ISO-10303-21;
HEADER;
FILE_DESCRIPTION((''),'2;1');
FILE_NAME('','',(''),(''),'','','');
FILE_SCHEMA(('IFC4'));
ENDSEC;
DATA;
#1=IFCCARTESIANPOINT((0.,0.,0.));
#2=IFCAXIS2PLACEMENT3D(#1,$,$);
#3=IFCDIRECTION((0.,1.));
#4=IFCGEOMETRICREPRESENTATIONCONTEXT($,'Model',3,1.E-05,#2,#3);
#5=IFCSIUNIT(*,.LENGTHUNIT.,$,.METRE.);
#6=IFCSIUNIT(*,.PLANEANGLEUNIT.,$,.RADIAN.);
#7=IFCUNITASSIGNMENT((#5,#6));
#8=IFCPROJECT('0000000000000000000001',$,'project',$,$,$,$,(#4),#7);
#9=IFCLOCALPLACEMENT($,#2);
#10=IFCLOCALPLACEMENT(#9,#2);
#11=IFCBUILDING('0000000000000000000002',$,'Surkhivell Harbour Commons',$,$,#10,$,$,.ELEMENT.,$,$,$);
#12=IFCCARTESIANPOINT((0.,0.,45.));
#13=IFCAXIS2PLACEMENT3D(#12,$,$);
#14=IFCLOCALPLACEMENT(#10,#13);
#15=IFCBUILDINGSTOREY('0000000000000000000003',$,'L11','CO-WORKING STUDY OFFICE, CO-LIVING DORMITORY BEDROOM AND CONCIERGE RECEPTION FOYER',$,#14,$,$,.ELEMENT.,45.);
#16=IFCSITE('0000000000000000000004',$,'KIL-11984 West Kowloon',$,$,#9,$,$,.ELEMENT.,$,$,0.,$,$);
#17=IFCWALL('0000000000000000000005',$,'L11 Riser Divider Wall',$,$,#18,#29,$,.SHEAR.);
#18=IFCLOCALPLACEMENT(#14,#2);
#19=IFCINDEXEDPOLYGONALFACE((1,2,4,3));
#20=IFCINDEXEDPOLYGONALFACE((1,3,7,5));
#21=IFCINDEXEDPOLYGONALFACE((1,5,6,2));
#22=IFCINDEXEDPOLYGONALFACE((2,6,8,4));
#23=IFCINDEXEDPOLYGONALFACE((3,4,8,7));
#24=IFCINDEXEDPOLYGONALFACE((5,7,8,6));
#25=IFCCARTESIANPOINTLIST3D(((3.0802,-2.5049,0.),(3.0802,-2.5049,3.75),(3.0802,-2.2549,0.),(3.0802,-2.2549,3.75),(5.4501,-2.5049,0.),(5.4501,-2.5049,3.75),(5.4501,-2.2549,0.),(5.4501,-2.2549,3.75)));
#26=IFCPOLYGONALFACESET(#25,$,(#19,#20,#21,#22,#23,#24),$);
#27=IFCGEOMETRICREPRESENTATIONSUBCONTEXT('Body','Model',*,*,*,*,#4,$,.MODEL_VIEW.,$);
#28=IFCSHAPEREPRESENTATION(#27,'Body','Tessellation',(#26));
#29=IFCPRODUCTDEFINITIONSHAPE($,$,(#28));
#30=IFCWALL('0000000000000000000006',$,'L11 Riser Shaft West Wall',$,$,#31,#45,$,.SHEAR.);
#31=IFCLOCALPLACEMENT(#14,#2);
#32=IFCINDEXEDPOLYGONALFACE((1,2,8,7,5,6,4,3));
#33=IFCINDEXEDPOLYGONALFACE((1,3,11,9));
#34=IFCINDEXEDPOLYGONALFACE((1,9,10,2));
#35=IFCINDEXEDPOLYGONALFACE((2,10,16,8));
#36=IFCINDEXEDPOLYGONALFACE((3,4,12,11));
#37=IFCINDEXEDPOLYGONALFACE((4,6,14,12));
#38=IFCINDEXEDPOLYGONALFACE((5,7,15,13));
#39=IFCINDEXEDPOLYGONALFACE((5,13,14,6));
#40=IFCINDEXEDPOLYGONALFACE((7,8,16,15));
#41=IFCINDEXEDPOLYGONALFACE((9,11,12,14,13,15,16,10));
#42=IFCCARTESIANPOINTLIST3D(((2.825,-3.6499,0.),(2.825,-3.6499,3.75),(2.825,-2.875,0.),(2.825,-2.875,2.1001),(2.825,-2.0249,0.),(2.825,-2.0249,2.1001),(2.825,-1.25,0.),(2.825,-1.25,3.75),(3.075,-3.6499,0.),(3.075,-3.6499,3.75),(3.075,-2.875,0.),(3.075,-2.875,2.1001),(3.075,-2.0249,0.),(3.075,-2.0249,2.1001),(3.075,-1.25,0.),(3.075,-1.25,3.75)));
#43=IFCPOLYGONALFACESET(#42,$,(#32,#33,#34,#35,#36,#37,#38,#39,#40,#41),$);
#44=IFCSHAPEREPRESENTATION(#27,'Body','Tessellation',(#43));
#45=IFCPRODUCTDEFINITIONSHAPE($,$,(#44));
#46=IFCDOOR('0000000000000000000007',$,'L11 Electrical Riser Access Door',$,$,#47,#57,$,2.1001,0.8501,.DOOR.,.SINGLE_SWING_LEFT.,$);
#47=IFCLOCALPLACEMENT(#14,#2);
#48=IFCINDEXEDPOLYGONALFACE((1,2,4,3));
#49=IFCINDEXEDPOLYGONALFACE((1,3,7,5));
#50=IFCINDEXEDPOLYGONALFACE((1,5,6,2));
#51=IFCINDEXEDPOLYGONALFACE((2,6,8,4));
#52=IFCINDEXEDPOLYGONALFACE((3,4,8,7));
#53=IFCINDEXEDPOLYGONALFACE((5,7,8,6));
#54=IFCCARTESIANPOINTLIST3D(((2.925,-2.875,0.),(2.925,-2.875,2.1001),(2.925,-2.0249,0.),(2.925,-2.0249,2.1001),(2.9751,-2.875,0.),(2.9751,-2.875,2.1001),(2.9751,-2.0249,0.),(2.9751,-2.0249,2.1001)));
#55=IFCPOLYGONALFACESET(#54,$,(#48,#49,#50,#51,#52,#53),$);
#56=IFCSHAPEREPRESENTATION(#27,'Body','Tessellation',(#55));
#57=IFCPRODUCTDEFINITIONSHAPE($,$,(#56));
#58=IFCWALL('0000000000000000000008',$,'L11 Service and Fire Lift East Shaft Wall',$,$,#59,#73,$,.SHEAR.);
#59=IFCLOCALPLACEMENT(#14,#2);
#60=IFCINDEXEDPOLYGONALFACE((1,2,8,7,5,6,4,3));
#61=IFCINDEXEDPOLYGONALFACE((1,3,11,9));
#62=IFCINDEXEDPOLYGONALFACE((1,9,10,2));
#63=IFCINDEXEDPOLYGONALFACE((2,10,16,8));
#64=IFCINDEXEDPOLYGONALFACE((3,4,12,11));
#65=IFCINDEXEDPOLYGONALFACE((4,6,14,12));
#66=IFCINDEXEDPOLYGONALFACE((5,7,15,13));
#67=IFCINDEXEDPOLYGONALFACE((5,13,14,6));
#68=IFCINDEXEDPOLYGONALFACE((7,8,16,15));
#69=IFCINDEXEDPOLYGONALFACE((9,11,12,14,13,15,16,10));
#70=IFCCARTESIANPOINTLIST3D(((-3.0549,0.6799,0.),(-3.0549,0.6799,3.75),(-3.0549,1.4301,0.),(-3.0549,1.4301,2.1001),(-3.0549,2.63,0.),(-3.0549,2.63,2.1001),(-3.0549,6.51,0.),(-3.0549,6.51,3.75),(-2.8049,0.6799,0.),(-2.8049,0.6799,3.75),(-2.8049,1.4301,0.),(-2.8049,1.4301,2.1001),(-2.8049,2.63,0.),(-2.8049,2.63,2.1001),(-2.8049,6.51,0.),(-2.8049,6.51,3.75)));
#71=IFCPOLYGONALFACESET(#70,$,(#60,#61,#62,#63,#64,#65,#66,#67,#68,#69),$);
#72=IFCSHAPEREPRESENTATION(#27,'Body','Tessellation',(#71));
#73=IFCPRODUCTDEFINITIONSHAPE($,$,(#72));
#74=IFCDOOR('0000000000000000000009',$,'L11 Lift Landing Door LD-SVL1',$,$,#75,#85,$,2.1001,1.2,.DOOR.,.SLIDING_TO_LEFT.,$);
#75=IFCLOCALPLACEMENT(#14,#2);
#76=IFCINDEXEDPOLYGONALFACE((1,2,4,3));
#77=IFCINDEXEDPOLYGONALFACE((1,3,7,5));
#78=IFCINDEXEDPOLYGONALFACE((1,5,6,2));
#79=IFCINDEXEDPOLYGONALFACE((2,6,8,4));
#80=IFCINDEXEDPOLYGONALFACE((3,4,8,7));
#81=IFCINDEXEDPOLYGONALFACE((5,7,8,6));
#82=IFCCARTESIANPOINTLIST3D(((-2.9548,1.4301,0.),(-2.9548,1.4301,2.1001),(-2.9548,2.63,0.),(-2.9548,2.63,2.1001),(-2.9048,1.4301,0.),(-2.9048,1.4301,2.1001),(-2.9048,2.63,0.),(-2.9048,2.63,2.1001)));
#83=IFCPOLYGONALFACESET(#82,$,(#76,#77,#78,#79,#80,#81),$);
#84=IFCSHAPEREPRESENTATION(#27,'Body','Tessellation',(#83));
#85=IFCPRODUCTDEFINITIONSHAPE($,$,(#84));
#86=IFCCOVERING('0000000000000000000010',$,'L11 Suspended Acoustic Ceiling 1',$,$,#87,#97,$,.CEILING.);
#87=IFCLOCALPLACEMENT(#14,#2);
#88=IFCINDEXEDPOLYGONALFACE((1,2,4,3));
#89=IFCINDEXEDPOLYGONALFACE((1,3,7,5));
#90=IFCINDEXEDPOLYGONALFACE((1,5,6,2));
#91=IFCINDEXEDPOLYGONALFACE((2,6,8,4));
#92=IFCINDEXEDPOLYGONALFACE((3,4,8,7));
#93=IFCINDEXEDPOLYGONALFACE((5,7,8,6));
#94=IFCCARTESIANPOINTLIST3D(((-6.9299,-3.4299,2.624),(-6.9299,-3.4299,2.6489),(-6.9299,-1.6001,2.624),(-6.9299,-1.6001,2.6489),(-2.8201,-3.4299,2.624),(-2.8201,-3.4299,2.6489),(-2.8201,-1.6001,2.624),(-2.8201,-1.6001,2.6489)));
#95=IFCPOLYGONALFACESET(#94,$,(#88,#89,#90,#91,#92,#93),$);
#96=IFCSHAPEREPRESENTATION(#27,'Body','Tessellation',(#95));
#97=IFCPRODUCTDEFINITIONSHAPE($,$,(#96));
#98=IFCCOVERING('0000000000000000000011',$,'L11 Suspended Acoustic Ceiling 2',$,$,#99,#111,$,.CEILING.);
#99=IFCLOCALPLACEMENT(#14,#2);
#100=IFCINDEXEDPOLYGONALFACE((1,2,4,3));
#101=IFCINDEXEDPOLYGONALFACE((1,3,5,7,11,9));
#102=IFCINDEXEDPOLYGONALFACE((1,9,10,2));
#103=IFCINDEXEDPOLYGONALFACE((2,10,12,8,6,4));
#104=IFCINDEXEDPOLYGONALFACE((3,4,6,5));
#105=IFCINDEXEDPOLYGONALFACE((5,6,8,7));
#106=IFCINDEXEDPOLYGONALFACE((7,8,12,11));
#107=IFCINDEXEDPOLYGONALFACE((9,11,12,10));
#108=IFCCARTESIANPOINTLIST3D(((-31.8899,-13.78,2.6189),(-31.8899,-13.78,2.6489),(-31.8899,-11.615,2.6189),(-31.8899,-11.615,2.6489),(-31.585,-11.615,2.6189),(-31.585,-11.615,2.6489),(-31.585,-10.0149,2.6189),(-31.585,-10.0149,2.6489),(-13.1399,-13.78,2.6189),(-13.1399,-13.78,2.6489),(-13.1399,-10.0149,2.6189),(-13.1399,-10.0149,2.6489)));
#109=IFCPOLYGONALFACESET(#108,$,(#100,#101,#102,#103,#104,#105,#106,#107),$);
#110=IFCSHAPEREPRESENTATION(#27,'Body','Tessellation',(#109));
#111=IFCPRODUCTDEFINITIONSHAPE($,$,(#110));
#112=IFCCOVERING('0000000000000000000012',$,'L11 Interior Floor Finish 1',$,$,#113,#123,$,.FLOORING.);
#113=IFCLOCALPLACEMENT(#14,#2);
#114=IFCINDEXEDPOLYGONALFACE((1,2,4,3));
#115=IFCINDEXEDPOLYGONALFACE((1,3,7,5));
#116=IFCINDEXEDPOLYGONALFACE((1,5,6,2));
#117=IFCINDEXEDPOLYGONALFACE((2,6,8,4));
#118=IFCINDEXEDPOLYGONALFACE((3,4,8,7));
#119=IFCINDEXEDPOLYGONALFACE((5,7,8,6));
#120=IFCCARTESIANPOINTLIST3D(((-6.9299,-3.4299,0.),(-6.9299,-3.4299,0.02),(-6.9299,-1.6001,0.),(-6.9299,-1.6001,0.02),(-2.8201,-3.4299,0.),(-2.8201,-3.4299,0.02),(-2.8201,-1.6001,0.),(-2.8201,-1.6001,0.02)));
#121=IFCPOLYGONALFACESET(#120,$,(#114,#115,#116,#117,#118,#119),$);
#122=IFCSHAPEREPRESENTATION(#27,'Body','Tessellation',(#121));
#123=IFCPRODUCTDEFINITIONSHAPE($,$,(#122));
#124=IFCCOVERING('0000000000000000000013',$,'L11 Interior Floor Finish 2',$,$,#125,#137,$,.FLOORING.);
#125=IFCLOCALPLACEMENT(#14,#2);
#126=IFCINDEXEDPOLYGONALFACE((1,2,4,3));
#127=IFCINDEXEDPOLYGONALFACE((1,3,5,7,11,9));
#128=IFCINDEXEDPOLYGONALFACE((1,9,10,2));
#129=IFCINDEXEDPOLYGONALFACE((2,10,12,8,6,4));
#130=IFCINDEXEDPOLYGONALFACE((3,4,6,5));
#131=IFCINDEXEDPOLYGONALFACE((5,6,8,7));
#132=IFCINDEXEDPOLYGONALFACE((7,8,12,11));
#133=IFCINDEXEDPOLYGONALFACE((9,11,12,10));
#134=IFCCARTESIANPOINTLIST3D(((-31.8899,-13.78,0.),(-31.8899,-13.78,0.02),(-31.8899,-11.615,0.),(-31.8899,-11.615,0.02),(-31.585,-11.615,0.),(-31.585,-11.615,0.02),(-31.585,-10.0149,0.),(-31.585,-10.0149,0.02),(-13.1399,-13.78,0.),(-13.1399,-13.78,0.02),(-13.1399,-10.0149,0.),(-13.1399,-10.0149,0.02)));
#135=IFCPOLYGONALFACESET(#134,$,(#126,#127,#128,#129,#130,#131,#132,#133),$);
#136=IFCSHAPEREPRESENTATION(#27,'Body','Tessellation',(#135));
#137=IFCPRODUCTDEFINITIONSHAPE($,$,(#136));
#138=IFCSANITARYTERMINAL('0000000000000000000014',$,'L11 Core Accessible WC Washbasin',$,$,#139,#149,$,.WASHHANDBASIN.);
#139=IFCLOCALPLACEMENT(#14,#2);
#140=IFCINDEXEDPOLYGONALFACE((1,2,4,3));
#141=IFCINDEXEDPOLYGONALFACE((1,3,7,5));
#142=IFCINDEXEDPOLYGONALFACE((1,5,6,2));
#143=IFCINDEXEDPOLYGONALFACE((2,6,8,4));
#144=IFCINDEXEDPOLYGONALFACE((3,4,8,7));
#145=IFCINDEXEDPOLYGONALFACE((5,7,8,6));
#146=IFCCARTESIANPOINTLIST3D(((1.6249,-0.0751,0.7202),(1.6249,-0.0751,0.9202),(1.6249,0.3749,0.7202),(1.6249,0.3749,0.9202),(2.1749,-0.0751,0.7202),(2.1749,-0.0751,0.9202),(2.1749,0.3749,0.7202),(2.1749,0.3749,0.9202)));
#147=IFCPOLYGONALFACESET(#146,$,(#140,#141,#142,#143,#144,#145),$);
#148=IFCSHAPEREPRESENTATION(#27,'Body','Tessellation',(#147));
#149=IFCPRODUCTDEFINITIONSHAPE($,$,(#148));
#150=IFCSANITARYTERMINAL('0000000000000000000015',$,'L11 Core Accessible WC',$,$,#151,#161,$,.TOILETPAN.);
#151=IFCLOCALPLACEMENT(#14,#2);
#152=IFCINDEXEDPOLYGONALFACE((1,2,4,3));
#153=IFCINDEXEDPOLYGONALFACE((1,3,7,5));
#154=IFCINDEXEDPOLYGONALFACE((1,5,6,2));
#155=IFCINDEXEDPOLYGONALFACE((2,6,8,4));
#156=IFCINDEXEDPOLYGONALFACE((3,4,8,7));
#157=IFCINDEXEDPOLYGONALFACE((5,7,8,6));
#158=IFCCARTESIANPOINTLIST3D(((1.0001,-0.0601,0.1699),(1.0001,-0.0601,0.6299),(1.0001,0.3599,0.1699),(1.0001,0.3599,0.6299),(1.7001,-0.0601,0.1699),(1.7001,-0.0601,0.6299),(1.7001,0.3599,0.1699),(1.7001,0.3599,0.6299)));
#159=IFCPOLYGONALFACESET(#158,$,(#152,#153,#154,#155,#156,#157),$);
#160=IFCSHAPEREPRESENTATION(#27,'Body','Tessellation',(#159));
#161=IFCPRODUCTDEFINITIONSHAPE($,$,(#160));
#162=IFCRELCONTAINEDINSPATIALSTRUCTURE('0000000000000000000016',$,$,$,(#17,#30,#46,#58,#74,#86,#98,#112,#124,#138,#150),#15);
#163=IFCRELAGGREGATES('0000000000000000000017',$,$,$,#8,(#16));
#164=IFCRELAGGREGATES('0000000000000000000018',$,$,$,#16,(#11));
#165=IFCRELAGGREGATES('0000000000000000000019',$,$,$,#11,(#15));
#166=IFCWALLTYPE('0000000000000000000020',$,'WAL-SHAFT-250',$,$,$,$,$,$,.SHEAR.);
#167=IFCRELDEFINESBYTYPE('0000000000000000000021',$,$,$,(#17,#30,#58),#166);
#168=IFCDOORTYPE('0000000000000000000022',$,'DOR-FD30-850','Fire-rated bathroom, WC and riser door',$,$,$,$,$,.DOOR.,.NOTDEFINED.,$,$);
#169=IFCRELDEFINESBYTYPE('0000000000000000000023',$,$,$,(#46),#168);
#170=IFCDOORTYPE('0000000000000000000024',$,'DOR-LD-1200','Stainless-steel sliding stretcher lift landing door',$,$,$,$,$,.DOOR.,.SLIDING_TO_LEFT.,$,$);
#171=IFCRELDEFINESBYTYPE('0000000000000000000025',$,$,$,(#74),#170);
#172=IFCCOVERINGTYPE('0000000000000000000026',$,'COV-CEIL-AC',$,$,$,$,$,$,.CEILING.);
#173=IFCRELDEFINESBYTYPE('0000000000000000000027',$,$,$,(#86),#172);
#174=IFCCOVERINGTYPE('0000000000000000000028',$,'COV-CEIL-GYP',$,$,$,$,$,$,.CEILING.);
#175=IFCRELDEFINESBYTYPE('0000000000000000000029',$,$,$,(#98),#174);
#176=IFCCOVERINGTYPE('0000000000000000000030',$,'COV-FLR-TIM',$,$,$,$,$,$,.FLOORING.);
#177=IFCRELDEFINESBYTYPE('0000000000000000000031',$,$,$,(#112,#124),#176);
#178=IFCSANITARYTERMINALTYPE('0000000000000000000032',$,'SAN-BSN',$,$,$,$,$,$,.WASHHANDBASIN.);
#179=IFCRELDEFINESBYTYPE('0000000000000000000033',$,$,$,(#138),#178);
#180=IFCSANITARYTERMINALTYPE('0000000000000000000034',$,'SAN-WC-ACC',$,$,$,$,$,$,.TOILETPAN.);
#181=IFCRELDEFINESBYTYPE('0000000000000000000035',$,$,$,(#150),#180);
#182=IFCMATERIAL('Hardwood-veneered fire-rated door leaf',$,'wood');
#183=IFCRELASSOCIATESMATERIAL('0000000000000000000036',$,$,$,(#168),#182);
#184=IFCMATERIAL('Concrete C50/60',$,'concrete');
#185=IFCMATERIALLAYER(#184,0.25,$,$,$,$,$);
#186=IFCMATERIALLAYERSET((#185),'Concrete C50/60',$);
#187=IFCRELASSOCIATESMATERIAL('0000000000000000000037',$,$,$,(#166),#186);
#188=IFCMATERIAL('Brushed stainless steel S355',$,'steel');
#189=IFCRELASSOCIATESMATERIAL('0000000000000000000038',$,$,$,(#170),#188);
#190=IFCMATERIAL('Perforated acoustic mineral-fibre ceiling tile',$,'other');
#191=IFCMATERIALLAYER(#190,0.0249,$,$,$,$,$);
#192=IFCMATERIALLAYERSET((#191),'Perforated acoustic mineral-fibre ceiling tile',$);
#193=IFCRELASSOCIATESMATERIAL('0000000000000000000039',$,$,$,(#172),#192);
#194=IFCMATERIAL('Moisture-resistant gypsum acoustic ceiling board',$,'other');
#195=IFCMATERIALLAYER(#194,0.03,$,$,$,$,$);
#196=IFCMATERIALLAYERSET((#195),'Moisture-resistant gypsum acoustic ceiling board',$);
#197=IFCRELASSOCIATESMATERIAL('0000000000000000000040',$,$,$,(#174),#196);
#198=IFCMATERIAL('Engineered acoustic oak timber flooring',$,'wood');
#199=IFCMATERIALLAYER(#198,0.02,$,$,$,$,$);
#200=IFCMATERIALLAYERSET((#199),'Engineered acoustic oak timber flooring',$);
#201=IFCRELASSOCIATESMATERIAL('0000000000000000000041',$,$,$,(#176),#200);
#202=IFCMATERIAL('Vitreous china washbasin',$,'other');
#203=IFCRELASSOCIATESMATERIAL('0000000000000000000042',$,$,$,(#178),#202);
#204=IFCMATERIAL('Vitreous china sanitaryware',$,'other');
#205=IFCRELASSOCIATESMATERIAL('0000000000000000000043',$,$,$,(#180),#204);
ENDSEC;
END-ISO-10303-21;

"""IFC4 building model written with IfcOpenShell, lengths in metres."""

from ifc_helpers import new_model, si_unit, direction, frame, frame_2d, origin, origin_2d, place, context, subcontext, project, spatial, polyline, rectangle, outline, extrude, material, layer, layer_set, type_object, element, fill, save


model = new_model("IFC4")

# Units and contexts
model_context = context("Model", 3, precision=1e-05, world=origin(), true_north=direction((0.0, 1.0)))
body_context = subcontext(model_context, "Body", "Model", "MODEL_VIEW")
ifc_project = project(units=[si_unit("LENGTHUNIT", "METRE"), si_unit("PLANEANGLEUNIT", "RADIAN")], contexts=[model_context])

# Site, building, storey
site_placement = place(None, origin())
site = spatial("IfcSite", under=ifc_project, at=site_placement, Name="KIL-11984 West Kowloon", CompositionType="ELEMENT", RefElevation=0.0)
building_placement = place(site_placement, origin())
building = spatial("IfcBuilding", under=site, at=building_placement, Name="Surkhivell Harbour Commons", CompositionType="ELEMENT")
storey_placement = place(building_placement, frame((0.0, 0.0, 45.0)))
storey = spatial("IfcBuildingStorey", under=building, at=storey_placement, Name="L11", Description="CO-WORKING STUDY OFFICE, CO-LIVING DORMITORY BEDROOM AND CONCIERGE RECEPTION FOYER", CompositionType="ELEMENT", Elevation=45.0)

# Shared definitions
ifc_material_1 = material(Name="Hardwood-veneered fire-rated door leaf", Category="wood")
door_type_1 = type_object("IfcDoorType", Name="DOR-FD30-850", Description="Fire-rated bathroom, WC and riser door", OperationType="NOTDEFINED", PredefinedType="DOOR", material=ifc_material_1)

# Wall
ifc_material_2 = material(Name="Concrete C50/60", Category="concrete")
ifc_layer_1 = layer(ifc_material_2, 0.25)
ifc_layer_set_1 = layer_set([ifc_layer_1], Name="Concrete C50/60")
wall_type_1 = type_object("IfcWallType", Name="WAL-SHAFT-250", PredefinedType="SHEAR", material=ifc_layer_set_1)
wall_1_placement = place(storey_placement, frame((3.0801, -2.3799, 0.0), z_axis=(0.0, 0.0, 1.0), x_axis=(1.0, 0.0, 0.0)))
element("IfcWall", 1, at=wall_1_placement, inside=storey, type_object=wall_type_1, Name="L11 Riser Divider Wall", PredefinedType="SHEAR", context=body_context, shape_type="SweptSolid", body=[
    extrude(rectangle(XDim=2.3699, YDim=0.25, at=frame_2d((1.1851, 0.0))), origin(), (0.0, 0.0, 1.0), 3.75),
])

# Walls, openings, doors
wall_2_placement = place(storey_placement, frame((2.95, -3.6499, 0.0), z_axis=(0.0, 0.0, 1.0), x_axis=(0.0, 1.0, 0.0)))
wall_2 = element("IfcWall", 2, at=wall_2_placement, inside=storey, type_object=wall_type_1, Name="L11 Riser Shaft West Wall", PredefinedType="SHEAR", context=body_context, shape_type="SweptSolid", body=[
    extrude(rectangle(XDim=2.3999, YDim=0.25, at=frame_2d((1.2, 0.0))), origin(), (0.0, 0.0, 1.0), 3.75),
])
opening_1_placement = place(wall_2_placement, frame((0.7749, 0.0, 0.0)))
opening_1 = element("IfcOpeningElement", 3, at=opening_1_placement, cuts=wall_2, PredefinedType="OPENING", context=body_context, shape_type="SweptSolid", body=[
    extrude(rectangle(XDim=0.8501, YDim=2.1001, at=frame_2d((0.425, 1.05))), frame((0.0, 0.135, 0.0), z_axis=(0.0, -1.0, 0.0), x_axis=(1.0, 0.0, 0.0)), (0.0, 0.0, 1.0), 0.27),
])
door_1_placement = place(opening_1_placement, origin())
door_1 = element("IfcDoor", 4, at=door_1_placement, inside=storey, type_object=door_type_1, Name="L11 Electrical Riser Access Door", OperationType="SINGLE_SWING_LEFT", OverallHeight=2.1001, OverallWidth=0.8501, PredefinedType="DOOR", context=body_context, shape_type="SweptSolid", body=[
    extrude(rectangle(XDim=0.8501, YDim=2.1001, at=frame_2d((0.425, 1.05))), frame((0.0, 0.0249, 0.0), z_axis=(0.0, -1.0, 0.0), x_axis=(1.0, 0.0, 0.0)), (0.0, 0.0, 1.0), 0.05),
])
fill(opening_1, door_1)
wall_3_placement = place(storey_placement, frame((-2.9299, 0.6799, 0.0), z_axis=(0.0, 0.0, 1.0), x_axis=(0.0, 1.0, 0.0)))
wall_3 = element("IfcWall", 5, at=wall_3_placement, inside=storey, type_object=wall_type_1, Name="L11 Service and Fire Lift East Shaft Wall", PredefinedType="SHEAR", context=body_context, shape_type="SweptSolid", body=[
    extrude(rectangle(XDim=5.8301, YDim=0.25, at=frame_2d((2.915, 0.0))), origin(), (0.0, 0.0, 1.0), 3.75),
])
opening_2_placement = place(wall_3_placement, frame((0.75, 0.0, 0.0)))
opening_2 = element("IfcOpeningElement", 6, at=opening_2_placement, cuts=wall_3, PredefinedType="OPENING", context=body_context, shape_type="SweptSolid", body=[
    extrude(rectangle(XDim=1.2, YDim=2.1001, at=frame_2d((0.6001, 1.05))), frame((0.0, 0.135, 0.0), z_axis=(0.0, -1.0, 0.0), x_axis=(1.0, 0.0, 0.0)), (0.0, 0.0, 1.0), 0.27),
])
ifc_material_3 = material(Name="Brushed stainless steel S355", Category="steel")
door_type_2 = type_object("IfcDoorType", Name="DOR-LD-1200", Description="Stainless-steel sliding stretcher lift landing door", OperationType="SLIDING_TO_LEFT", PredefinedType="DOOR", material=ifc_material_3)
door_2_placement = place(opening_2_placement, origin())
door_2 = element("IfcDoor", 7, at=door_2_placement, inside=storey, type_object=door_type_2, Name="L11 Lift Landing Door LD-SVL1", OperationType="SLIDING_TO_LEFT", OverallHeight=2.1001, OverallWidth=1.2, PredefinedType="DOOR", context=body_context, shape_type="SweptSolid", body=[
    extrude(rectangle(XDim=1.2, YDim=2.1001, at=frame_2d((0.6001, 1.05))), frame((0.0, 0.0249, 0.0), z_axis=(0.0, -1.0, 0.0), x_axis=(1.0, 0.0, 0.0)), (0.0, 0.0, 1.0), 0.05),
])
fill(opening_2, door_2)

# Coverings
ifc_material_4 = material(Name="Perforated acoustic mineral-fibre ceiling tile", Category="other")
ifc_layer_2 = layer(ifc_material_4, 0.0249)
ifc_layer_set_2 = layer_set([ifc_layer_2], Name="Perforated acoustic mineral-fibre ceiling tile")
covering_type_1 = type_object("IfcCoveringType", Name="COV-CEIL-AC", PredefinedType="CEILING", material=ifc_layer_set_2)
covering_1_placement = place(storey_placement, frame((0.0, 0.0, 2.624)))
element("IfcCovering", 8, at=covering_1_placement, inside=storey, type_object=covering_type_1, Name="L11 Suspended Acoustic Ceiling 1", PredefinedType="CEILING", context=body_context, shape_type="SweptSolid", body=[
    extrude(outline(polyline([(-6.9299, -3.4299), (-2.8201, -3.4299), (-2.8201, -1.6001), (-6.9299, -1.6001), (-6.9299, -3.4299)])), origin(), (0.0, 0.0, 1.0), 0.0249),
])
ifc_material_5 = material(Name="Moisture-resistant gypsum acoustic ceiling board", Category="other")
ifc_layer_3 = layer(ifc_material_5, 0.03)
ifc_layer_set_3 = layer_set([ifc_layer_3], Name="Moisture-resistant gypsum acoustic ceiling board")
covering_type_2 = type_object("IfcCoveringType", Name="COV-CEIL-GYP", PredefinedType="CEILING", material=ifc_layer_set_3)
covering_2_placement = place(storey_placement, frame((0.0, 0.0, 2.6189)))
element("IfcCovering", 9, at=covering_2_placement, inside=storey, type_object=covering_type_2, Name="L11 Suspended Acoustic Ceiling 2", PredefinedType="CEILING", context=body_context, shape_type="SweptSolid", body=[
    extrude(outline(polyline([(-31.585, -10.0149), (-31.585, -11.615), (-31.8899, -11.615), (-31.8899, -13.78), (-13.1399, -13.78), (-13.1399, -10.0149), (-31.585, -10.0149)])), origin(), (0.0, 0.0, 1.0), 0.03),
])
ifc_material_6 = material(Name="Engineered acoustic oak timber flooring", Category="wood")
ifc_layer_4 = layer(ifc_material_6, 0.02)
ifc_layer_set_4 = layer_set([ifc_layer_4], Name="Engineered acoustic oak timber flooring")
covering_type_3 = type_object("IfcCoveringType", Name="COV-FLR-TIM", PredefinedType="FLOORING", material=ifc_layer_set_4)
covering_3_placement = place(storey_placement, origin())
element("IfcCovering", 10, at=covering_3_placement, inside=storey, type_object=covering_type_3, Name="L11 Interior Floor Finish 1", PredefinedType="FLOORING", context=body_context, shape_type="SweptSolid", body=[
    extrude(outline(polyline([(-6.9299, -3.4299), (-2.8201, -3.4299), (-2.8201, -1.6001), (-6.9299, -1.6001), (-6.9299, -3.4299)])), origin(), (0.0, 0.0, 1.0), 0.02),
])
covering_4_placement = place(storey_placement, origin())
element("IfcCovering", 11, at=covering_4_placement, inside=storey, type_object=covering_type_3, Name="L11 Interior Floor Finish 2", PredefinedType="FLOORING", context=body_context, shape_type="SweptSolid", body=[
    extrude(outline(polyline([(-31.585, -10.0149), (-31.585, -11.615), (-31.8899, -11.615), (-31.8899, -13.78), (-13.1399, -13.78), (-13.1399, -10.0149), (-31.585, -10.0149)])), origin(), (0.0, 0.0, 1.0), 0.02),
])

# Sanitary terminals
ifc_material_7 = material(Name="Vitreous china washbasin", Category="other")
sanitary_terminal_type_1 = type_object("IfcSanitaryTerminalType", Name="SAN-BSN", PredefinedType="WASHHANDBASIN", material=ifc_material_7)
sanitary_terminal_1_placement = place(storey_placement, frame((1.8999, 0.1499, 0.7202), z_axis=(0.0, 0.0, 1.0), x_axis=(1.0, 0.0, 0.0)))
element("IfcSanitaryTerminal", 12, at=sanitary_terminal_1_placement, inside=storey, type_object=sanitary_terminal_type_1, Name="L11 Core Accessible WC Washbasin", PredefinedType="WASHHANDBASIN", context=body_context, shape_type="SweptSolid", body=[
    extrude(rectangle(XDim=0.55, YDim=0.45, at=origin_2d()), origin(), (0.0, 0.0, 1.0), 0.2),
])
ifc_material_8 = material(Name="Vitreous china sanitaryware", Category="other")
sanitary_terminal_type_2 = type_object("IfcSanitaryTerminalType", Name="SAN-WC-ACC", PredefinedType="TOILETPAN", material=ifc_material_8)
sanitary_terminal_2_placement = place(storey_placement, frame((1.3501, 0.1499, 0.1699), z_axis=(0.0, 0.0, 1.0), x_axis=(1.0, 0.0, 0.0)))
element("IfcSanitaryTerminal", 13, at=sanitary_terminal_2_placement, inside=storey, type_object=sanitary_terminal_type_2, Name="L11 Core Accessible WC", PredefinedType="TOILETPAN", context=body_context, shape_type="SweptSolid", body=[
    extrude(rectangle(XDim=0.7, YDim=0.4199, at=origin_2d()), origin(), (0.0, 0.0, 1.0), 0.46),
])

save(model, "model.ifc")
